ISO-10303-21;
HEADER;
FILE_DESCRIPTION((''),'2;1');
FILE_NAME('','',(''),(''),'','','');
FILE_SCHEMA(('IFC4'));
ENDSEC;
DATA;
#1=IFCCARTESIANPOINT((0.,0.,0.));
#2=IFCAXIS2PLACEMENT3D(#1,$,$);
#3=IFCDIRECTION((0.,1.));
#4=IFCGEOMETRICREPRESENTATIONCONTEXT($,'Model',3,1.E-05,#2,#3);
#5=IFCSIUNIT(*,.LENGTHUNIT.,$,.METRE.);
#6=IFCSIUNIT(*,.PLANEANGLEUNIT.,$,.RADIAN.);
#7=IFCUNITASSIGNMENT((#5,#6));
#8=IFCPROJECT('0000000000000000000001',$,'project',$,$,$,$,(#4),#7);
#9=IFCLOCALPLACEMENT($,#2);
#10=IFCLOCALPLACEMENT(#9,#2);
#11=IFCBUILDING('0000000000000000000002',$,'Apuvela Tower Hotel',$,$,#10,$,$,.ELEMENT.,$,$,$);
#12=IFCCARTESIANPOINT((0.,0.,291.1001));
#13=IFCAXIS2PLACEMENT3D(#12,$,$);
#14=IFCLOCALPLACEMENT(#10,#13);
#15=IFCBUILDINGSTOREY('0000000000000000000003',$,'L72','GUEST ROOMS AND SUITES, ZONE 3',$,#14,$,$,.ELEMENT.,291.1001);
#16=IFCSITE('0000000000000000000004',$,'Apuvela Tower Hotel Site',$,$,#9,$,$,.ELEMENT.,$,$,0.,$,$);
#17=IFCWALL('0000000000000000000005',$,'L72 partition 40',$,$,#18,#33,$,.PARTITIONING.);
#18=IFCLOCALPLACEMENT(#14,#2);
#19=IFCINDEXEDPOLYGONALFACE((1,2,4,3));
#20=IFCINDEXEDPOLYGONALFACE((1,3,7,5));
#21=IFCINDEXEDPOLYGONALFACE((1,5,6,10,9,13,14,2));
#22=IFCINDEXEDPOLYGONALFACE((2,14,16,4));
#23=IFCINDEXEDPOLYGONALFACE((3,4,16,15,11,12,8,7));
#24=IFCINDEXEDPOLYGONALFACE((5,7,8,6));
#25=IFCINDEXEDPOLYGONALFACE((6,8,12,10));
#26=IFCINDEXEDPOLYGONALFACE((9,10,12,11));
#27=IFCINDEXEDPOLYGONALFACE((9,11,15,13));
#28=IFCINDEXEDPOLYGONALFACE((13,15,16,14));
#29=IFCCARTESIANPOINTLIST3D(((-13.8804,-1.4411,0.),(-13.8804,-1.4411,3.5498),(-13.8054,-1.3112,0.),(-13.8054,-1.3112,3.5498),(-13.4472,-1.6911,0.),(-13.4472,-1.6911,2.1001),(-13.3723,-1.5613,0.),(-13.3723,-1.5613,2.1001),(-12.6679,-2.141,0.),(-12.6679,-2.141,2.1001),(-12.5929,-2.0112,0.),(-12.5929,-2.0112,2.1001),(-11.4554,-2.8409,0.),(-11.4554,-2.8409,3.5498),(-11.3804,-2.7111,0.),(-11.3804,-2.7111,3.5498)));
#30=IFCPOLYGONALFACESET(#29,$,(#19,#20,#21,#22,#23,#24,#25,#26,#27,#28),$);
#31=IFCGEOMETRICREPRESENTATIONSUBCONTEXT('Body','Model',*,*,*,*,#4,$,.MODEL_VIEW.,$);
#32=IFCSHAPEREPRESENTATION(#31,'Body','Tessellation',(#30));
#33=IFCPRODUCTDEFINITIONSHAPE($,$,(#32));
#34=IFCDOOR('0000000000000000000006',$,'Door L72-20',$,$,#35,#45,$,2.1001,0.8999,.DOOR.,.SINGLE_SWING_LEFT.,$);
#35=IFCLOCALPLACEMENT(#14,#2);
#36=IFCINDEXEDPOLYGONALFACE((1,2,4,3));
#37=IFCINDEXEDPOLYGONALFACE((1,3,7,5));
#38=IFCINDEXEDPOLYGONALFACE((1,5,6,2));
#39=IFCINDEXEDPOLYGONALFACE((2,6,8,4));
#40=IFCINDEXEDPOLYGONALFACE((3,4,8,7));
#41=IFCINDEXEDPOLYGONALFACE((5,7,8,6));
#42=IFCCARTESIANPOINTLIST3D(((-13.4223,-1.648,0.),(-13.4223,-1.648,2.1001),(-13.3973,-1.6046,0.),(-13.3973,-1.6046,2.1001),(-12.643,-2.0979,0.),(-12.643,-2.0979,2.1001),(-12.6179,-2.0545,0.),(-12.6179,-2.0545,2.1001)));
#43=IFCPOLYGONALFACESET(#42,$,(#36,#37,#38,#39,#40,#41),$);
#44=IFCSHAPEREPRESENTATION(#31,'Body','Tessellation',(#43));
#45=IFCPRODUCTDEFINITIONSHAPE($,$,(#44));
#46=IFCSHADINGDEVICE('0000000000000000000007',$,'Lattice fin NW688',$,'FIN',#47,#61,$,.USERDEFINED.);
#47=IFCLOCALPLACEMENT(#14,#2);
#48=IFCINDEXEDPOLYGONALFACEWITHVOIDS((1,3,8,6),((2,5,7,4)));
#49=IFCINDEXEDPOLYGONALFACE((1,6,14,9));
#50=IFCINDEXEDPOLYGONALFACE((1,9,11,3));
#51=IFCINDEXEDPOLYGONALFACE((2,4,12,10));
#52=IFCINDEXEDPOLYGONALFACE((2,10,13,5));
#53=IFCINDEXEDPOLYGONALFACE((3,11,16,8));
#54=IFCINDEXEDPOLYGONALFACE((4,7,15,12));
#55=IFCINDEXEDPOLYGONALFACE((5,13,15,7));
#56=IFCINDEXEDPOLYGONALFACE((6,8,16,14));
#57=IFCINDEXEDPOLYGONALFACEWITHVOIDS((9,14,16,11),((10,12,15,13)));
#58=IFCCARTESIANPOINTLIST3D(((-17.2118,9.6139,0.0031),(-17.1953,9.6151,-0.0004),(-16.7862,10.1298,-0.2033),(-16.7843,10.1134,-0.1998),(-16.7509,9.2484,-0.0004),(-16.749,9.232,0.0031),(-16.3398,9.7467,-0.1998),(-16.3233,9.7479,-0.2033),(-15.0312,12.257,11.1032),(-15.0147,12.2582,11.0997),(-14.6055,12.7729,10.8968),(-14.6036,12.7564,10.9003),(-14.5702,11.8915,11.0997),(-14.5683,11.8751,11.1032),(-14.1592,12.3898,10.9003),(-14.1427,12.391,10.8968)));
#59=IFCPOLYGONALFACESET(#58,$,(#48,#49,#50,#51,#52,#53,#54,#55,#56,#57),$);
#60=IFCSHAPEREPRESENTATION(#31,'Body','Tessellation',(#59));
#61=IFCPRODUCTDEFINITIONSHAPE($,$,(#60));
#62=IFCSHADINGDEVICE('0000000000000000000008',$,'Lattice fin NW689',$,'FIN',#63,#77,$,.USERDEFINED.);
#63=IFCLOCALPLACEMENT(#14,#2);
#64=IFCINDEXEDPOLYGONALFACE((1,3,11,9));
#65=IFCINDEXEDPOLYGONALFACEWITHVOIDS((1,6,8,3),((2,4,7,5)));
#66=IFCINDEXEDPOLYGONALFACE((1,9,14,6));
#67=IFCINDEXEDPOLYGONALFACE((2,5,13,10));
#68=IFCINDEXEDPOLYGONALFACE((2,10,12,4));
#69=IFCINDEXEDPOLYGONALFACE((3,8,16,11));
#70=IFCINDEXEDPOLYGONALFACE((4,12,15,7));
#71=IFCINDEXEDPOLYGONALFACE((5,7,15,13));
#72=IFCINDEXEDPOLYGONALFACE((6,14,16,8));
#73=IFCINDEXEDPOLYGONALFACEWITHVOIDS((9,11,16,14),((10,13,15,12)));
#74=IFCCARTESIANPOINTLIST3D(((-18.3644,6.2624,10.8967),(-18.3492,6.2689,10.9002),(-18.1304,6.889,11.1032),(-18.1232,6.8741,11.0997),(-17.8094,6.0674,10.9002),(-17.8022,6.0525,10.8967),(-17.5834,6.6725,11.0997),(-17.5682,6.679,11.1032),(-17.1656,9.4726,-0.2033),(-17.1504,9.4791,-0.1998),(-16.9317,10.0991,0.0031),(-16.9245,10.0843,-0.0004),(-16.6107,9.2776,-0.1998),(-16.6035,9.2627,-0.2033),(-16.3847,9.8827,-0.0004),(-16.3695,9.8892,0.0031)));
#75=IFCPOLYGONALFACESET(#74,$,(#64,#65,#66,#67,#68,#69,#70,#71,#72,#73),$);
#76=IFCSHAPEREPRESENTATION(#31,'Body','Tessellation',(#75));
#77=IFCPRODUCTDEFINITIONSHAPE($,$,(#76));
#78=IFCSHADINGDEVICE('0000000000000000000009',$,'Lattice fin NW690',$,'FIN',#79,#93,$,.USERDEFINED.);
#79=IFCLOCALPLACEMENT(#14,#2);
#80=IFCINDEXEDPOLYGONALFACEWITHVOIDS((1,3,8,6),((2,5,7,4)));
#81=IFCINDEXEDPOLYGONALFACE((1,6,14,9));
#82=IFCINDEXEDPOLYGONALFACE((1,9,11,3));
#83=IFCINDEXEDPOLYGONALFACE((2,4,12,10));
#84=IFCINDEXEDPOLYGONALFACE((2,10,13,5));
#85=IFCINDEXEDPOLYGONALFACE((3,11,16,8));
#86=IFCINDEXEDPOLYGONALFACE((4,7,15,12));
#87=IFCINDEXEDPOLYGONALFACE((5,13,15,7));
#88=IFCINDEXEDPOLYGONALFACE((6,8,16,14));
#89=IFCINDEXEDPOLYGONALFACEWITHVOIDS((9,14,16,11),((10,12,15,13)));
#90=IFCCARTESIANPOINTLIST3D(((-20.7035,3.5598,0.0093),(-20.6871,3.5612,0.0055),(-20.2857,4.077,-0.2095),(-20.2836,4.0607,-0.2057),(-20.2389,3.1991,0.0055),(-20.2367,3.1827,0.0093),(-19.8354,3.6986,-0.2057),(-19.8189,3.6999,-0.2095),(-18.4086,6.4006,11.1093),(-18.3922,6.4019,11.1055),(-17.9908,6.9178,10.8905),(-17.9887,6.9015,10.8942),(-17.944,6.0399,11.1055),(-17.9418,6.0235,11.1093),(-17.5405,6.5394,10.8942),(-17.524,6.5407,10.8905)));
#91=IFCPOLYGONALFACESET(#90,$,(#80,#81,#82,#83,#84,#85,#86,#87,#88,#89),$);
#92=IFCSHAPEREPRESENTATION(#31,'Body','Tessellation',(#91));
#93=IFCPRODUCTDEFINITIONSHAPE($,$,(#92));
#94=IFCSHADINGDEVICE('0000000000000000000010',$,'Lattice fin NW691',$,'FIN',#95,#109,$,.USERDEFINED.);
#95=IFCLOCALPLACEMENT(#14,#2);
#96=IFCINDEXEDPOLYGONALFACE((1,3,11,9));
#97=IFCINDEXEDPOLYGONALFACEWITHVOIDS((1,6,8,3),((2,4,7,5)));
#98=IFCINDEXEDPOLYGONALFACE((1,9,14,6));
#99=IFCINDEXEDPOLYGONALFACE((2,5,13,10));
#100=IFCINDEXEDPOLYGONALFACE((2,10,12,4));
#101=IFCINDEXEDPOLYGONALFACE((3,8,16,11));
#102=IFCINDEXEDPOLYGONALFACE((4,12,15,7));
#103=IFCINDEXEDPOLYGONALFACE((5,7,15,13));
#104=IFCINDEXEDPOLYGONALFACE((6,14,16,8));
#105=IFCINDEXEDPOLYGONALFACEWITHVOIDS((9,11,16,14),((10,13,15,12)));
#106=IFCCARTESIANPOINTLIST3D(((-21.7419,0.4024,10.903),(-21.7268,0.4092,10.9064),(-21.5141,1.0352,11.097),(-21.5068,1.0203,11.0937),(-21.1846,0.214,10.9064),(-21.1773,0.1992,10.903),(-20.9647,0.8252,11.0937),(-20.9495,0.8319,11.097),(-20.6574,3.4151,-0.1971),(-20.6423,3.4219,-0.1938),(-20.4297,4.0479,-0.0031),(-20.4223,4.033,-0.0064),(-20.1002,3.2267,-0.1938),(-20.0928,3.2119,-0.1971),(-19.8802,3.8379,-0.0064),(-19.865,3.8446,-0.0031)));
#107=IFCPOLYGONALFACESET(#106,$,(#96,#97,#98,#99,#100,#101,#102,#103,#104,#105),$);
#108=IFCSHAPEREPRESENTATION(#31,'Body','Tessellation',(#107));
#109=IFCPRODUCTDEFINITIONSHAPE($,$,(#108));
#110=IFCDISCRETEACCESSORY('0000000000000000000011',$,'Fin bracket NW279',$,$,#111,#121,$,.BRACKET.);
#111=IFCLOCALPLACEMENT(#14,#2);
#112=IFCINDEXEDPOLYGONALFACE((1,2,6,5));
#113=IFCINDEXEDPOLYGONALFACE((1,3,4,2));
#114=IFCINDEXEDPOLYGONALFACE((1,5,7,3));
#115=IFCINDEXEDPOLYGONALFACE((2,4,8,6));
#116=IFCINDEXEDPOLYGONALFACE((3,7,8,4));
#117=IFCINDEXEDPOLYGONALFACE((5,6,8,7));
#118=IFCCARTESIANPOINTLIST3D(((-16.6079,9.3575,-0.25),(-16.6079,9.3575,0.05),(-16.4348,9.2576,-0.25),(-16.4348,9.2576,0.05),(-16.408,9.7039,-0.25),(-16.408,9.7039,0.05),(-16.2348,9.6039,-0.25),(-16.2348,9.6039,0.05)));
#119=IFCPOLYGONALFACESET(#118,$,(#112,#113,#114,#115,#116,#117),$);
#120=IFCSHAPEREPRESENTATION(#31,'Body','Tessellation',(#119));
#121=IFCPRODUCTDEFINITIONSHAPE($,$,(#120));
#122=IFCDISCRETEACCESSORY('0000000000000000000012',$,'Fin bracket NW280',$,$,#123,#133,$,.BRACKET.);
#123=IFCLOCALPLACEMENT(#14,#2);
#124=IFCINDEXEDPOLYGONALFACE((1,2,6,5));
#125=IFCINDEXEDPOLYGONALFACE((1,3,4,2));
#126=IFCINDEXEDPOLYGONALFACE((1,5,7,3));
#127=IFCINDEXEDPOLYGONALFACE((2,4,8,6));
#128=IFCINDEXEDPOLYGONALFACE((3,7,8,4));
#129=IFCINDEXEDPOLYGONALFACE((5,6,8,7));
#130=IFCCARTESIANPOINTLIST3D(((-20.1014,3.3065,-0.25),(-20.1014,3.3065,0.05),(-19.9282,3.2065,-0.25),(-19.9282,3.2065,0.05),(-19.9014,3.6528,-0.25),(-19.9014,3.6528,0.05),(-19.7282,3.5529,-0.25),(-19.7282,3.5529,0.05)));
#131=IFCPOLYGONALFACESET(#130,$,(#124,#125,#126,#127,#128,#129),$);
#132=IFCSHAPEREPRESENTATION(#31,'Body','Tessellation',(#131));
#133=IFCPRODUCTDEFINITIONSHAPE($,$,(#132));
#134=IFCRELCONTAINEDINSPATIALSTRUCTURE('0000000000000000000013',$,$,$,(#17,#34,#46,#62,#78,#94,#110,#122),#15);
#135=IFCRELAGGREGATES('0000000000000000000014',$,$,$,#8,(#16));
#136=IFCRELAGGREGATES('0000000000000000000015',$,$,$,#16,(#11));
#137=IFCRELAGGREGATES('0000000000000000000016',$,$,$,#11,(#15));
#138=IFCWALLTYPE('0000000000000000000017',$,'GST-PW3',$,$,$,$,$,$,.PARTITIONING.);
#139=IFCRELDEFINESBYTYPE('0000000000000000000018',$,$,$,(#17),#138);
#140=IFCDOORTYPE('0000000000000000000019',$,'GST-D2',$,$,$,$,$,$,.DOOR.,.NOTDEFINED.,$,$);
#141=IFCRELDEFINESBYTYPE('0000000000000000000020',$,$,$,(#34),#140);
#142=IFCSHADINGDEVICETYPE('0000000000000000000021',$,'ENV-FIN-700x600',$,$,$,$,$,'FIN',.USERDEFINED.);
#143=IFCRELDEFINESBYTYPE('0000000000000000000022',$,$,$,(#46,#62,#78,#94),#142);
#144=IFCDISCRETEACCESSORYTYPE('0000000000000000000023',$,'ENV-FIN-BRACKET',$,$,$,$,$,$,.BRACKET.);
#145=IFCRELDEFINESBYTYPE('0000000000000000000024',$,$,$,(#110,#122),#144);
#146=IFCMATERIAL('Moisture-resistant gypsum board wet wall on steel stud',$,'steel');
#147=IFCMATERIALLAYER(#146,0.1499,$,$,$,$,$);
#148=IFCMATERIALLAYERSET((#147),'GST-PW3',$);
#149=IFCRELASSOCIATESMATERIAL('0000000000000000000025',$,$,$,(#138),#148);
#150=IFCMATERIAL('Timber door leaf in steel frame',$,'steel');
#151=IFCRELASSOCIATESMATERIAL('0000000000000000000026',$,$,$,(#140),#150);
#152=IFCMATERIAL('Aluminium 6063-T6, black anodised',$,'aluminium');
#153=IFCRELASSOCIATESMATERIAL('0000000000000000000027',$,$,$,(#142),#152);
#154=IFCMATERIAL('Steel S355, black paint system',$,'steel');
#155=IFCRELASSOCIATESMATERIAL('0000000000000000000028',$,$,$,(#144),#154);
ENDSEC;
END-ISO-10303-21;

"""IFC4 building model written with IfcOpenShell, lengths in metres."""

from ifc_helpers import new_model, si_unit, direction, frame, frame_2d, origin, origin_2d, place, context, subcontext, project, spatial, rectangle, hollow_rectangle, extrude, material, layer, layer_set, material_profile, profile_set, type_object, element, fill, save


model = new_model("IFC4")

# Units and contexts
model_context = context("Model", 3, precision=1e-05, world=origin(), true_north=direction((0.0, 1.0)))
body_context = subcontext(model_context, "Body", "Model", "MODEL_VIEW")
ifc_project = project(units=[si_unit("LENGTHUNIT", "METRE"), si_unit("PLANEANGLEUNIT", "RADIAN")], contexts=[model_context])

# Site, building, storey
site_placement = place(None, origin())
site = spatial("IfcSite", under=ifc_project, at=site_placement, Name="Apuvela Tower Hotel Site", CompositionType="ELEMENT", RefElevation=0.0)
building_placement = place(site_placement, origin())
building = spatial("IfcBuilding", under=site, at=building_placement, Name="Apuvela Tower Hotel", CompositionType="ELEMENT")
storey_placement = place(building_placement, frame((0.0, 0.0, 291.1001)))
storey = spatial("IfcBuildingStorey", under=building, at=storey_placement, Name="L72", Description="GUEST ROOMS AND SUITES, ZONE 3", CompositionType="ELEMENT", Elevation=291.1001)

# Wall, opening, door
ifc_material_1 = material(Name="Moisture-resistant gypsum board wet wall on steel stud", Category="steel")
ifc_layer_1 = layer(ifc_material_1, 0.1499)
ifc_layer_set_1 = layer_set([ifc_layer_1], Name="GST-PW3")
wall_type_1 = type_object("IfcWallType", Name="GST-PW3", PredefinedType="PARTITIONING", material=ifc_layer_set_1)
wall_1_placement = place(storey_placement, frame((-13.8428, -1.3762, 0.0), z_axis=(0.0, 0.0, 1.0), x_axis=(0.866056, -0.499946, 0.0)))
wall_1 = element("IfcWall", 1, at=wall_1_placement, inside=storey, type_object=wall_type_1, Name="L72 partition 40", PredefinedType="PARTITIONING", context=body_context, shape_type="SweptSolid", body=[
    extrude(rectangle(XDim=2.8, YDim=0.1499, at=frame_2d((1.3999, 0.0))), origin(), (0.0, 0.0, 1.0), 3.5498),
])
opening_1_placement = place(wall_1_placement, frame((0.5, 0.0, 0.0)))
opening_1 = element("IfcOpeningElement", 2, at=opening_1_placement, cuts=wall_1, PredefinedType="OPENING", context=body_context, shape_type="SweptSolid", body=[
    extrude(rectangle(XDim=0.8999, YDim=2.1001, at=frame_2d((0.45, 1.05))), frame((0.0, 0.085, 0.0), z_axis=(0.0, -1.0, 0.0), x_axis=(1.0, 0.0, 0.0)), (0.0, 0.0, 1.0), 0.1699),
])
ifc_material_2 = material(Name="Timber door leaf in steel frame", Category="steel")
door_type_1 = type_object("IfcDoorType", Name="GST-D2", OperationType="NOTDEFINED", PredefinedType="DOOR", material=ifc_material_2)
door_1_placement = place(opening_1_placement, origin())
door_1 = element("IfcDoor", 3, at=door_1_placement, inside=storey, type_object=door_type_1, Name="Door L72-20", OperationType="SINGLE_SWING_LEFT", OverallHeight=2.1001, OverallWidth=0.8999, PredefinedType="DOOR", context=body_context, shape_type="SweptSolid", body=[
    extrude(rectangle(XDim=0.8999, YDim=2.1001, at=frame_2d((0.45, 1.05))), frame((0.0, 0.0249, 0.0), z_axis=(0.0, -1.0, 0.0), x_axis=(1.0, 0.0, 0.0)), (0.0, 0.0, 1.0), 0.05),
])
fill(opening_1, door_1)

# Shading devices
ifc_material_3 = material(Name="Aluminium 6063-T6, black anodised", Category="aluminium")
ifc_material_profile_1 = material_profile(ifc_material_3, hollow_rectangle(XDim=0.6001, YDim=0.7, WallThickness=0.012, at=origin_2d()), Name="AL BOX 700x600x12")
ifc_profile_set_1 = profile_set([ifc_material_profile_1], Name="Aluminium 6063-T6, black anodised")
shading_device_type = type_object("IfcShadingDeviceType", Name="ENV-FIN-700x600", ElementType="FIN", PredefinedType="USERDEFINED", material=ifc_profile_set_1)
for number, where, z_axis, x_axis, name in (
    (4, (-16.7676, 9.6809, -0.1001), (0.187714, 0.227518, 0.95551), (-0.771354, 0.636406, 0.0), "Lattice fin NW688"),
    (5, (-16.7676, 9.6809, -0.1001), (-0.103188, -0.276337, 0.955505), (0.936817, -0.349819, 0.0), "Lattice fin NW689"),
):
    element("IfcShadingDevice", number, at=place(storey_placement, frame(where, z_axis=z_axis, x_axis=x_axis)), inside=storey, type_object=shading_device_type, Name=name, ObjectType="FIN", PredefinedType="USERDEFINED", context=body_context, shape_type="SweptSolid", body=[
        extrude(hollow_rectangle(XDim=0.6001, YDim=0.7, WallThickness=0.012, at=origin_2d()), origin(), (0.0, 0.0, 1.0), 11.6169),
    ])
shading_device_1_placement = place(storey_placement, frame((-20.2612, 3.6299, -0.1001), z_axis=(0.196392, 0.243108, 0.94991), x_axis=(-0.777886, 0.628406, 0.0)))
element("IfcShadingDevice", 6, at=shading_device_1_placement, inside=storey, type_object=shading_device_type, Name="Lattice fin NW690", ObjectType="FIN", PredefinedType="USERDEFINED", context=body_context, shape_type="SweptSolid", body=[
    extrude(hollow_rectangle(XDim=0.6001, YDim=0.7, WallThickness=0.012, at=origin_2d()), origin(), (0.0, 0.0, 1.0), 11.6853),
])
shading_device_2_placement = place(storey_placement, frame((-20.2612, 3.6299, -0.1001), z_axis=(-0.093872, -0.260779, 0.960824), x_axis=(0.940897, -0.338692, 0.0)))
element("IfcShadingDevice", 7, at=shading_device_2_placement, inside=storey, type_object=shading_device_type, Name="Lattice fin NW691", ObjectType="FIN", PredefinedType="USERDEFINED", context=body_context, shape_type="SweptSolid", body=[
    extrude(hollow_rectangle(XDim=0.6001, YDim=0.7, WallThickness=0.012, at=origin_2d()), origin(), (0.0, 0.0, 1.0), 11.5527),
])

# Discrete accessories
ifc_material_4 = material(Name="Steel S355, black paint system", Category="steel")
discrete_accessory_type = type_object("IfcDiscreteAccessoryType", Name="ENV-FIN-BRACKET", PredefinedType="BRACKET", material=ifc_material_4)
for number, where, z_axis, x_axis, name in (
    (8, (-16.4214, 9.4807, -0.25), (0.0, 0.0, 1.0), (-0.5, -0.866025, 0.0), "Fin bracket NW279"),
    (9, (-19.9148, 3.4297, -0.25), (0.0, 0.0, 1.0), (-0.5, -0.866025, 0.0), "Fin bracket NW280"),
):
    element("IfcDiscreteAccessory", number, at=place(storey_placement, frame(where, z_axis=z_axis, x_axis=x_axis)), inside=storey, type_object=discrete_accessory_type, Name=name, PredefinedType="BRACKET", context=body_context, shape_type="SweptSolid", body=[
        extrude(rectangle(XDim=0.3999, YDim=0.2, at=origin_2d()), origin(), (0.0, 0.0, 1.0), 0.3),
    ])

save(model, "model.ifc")
